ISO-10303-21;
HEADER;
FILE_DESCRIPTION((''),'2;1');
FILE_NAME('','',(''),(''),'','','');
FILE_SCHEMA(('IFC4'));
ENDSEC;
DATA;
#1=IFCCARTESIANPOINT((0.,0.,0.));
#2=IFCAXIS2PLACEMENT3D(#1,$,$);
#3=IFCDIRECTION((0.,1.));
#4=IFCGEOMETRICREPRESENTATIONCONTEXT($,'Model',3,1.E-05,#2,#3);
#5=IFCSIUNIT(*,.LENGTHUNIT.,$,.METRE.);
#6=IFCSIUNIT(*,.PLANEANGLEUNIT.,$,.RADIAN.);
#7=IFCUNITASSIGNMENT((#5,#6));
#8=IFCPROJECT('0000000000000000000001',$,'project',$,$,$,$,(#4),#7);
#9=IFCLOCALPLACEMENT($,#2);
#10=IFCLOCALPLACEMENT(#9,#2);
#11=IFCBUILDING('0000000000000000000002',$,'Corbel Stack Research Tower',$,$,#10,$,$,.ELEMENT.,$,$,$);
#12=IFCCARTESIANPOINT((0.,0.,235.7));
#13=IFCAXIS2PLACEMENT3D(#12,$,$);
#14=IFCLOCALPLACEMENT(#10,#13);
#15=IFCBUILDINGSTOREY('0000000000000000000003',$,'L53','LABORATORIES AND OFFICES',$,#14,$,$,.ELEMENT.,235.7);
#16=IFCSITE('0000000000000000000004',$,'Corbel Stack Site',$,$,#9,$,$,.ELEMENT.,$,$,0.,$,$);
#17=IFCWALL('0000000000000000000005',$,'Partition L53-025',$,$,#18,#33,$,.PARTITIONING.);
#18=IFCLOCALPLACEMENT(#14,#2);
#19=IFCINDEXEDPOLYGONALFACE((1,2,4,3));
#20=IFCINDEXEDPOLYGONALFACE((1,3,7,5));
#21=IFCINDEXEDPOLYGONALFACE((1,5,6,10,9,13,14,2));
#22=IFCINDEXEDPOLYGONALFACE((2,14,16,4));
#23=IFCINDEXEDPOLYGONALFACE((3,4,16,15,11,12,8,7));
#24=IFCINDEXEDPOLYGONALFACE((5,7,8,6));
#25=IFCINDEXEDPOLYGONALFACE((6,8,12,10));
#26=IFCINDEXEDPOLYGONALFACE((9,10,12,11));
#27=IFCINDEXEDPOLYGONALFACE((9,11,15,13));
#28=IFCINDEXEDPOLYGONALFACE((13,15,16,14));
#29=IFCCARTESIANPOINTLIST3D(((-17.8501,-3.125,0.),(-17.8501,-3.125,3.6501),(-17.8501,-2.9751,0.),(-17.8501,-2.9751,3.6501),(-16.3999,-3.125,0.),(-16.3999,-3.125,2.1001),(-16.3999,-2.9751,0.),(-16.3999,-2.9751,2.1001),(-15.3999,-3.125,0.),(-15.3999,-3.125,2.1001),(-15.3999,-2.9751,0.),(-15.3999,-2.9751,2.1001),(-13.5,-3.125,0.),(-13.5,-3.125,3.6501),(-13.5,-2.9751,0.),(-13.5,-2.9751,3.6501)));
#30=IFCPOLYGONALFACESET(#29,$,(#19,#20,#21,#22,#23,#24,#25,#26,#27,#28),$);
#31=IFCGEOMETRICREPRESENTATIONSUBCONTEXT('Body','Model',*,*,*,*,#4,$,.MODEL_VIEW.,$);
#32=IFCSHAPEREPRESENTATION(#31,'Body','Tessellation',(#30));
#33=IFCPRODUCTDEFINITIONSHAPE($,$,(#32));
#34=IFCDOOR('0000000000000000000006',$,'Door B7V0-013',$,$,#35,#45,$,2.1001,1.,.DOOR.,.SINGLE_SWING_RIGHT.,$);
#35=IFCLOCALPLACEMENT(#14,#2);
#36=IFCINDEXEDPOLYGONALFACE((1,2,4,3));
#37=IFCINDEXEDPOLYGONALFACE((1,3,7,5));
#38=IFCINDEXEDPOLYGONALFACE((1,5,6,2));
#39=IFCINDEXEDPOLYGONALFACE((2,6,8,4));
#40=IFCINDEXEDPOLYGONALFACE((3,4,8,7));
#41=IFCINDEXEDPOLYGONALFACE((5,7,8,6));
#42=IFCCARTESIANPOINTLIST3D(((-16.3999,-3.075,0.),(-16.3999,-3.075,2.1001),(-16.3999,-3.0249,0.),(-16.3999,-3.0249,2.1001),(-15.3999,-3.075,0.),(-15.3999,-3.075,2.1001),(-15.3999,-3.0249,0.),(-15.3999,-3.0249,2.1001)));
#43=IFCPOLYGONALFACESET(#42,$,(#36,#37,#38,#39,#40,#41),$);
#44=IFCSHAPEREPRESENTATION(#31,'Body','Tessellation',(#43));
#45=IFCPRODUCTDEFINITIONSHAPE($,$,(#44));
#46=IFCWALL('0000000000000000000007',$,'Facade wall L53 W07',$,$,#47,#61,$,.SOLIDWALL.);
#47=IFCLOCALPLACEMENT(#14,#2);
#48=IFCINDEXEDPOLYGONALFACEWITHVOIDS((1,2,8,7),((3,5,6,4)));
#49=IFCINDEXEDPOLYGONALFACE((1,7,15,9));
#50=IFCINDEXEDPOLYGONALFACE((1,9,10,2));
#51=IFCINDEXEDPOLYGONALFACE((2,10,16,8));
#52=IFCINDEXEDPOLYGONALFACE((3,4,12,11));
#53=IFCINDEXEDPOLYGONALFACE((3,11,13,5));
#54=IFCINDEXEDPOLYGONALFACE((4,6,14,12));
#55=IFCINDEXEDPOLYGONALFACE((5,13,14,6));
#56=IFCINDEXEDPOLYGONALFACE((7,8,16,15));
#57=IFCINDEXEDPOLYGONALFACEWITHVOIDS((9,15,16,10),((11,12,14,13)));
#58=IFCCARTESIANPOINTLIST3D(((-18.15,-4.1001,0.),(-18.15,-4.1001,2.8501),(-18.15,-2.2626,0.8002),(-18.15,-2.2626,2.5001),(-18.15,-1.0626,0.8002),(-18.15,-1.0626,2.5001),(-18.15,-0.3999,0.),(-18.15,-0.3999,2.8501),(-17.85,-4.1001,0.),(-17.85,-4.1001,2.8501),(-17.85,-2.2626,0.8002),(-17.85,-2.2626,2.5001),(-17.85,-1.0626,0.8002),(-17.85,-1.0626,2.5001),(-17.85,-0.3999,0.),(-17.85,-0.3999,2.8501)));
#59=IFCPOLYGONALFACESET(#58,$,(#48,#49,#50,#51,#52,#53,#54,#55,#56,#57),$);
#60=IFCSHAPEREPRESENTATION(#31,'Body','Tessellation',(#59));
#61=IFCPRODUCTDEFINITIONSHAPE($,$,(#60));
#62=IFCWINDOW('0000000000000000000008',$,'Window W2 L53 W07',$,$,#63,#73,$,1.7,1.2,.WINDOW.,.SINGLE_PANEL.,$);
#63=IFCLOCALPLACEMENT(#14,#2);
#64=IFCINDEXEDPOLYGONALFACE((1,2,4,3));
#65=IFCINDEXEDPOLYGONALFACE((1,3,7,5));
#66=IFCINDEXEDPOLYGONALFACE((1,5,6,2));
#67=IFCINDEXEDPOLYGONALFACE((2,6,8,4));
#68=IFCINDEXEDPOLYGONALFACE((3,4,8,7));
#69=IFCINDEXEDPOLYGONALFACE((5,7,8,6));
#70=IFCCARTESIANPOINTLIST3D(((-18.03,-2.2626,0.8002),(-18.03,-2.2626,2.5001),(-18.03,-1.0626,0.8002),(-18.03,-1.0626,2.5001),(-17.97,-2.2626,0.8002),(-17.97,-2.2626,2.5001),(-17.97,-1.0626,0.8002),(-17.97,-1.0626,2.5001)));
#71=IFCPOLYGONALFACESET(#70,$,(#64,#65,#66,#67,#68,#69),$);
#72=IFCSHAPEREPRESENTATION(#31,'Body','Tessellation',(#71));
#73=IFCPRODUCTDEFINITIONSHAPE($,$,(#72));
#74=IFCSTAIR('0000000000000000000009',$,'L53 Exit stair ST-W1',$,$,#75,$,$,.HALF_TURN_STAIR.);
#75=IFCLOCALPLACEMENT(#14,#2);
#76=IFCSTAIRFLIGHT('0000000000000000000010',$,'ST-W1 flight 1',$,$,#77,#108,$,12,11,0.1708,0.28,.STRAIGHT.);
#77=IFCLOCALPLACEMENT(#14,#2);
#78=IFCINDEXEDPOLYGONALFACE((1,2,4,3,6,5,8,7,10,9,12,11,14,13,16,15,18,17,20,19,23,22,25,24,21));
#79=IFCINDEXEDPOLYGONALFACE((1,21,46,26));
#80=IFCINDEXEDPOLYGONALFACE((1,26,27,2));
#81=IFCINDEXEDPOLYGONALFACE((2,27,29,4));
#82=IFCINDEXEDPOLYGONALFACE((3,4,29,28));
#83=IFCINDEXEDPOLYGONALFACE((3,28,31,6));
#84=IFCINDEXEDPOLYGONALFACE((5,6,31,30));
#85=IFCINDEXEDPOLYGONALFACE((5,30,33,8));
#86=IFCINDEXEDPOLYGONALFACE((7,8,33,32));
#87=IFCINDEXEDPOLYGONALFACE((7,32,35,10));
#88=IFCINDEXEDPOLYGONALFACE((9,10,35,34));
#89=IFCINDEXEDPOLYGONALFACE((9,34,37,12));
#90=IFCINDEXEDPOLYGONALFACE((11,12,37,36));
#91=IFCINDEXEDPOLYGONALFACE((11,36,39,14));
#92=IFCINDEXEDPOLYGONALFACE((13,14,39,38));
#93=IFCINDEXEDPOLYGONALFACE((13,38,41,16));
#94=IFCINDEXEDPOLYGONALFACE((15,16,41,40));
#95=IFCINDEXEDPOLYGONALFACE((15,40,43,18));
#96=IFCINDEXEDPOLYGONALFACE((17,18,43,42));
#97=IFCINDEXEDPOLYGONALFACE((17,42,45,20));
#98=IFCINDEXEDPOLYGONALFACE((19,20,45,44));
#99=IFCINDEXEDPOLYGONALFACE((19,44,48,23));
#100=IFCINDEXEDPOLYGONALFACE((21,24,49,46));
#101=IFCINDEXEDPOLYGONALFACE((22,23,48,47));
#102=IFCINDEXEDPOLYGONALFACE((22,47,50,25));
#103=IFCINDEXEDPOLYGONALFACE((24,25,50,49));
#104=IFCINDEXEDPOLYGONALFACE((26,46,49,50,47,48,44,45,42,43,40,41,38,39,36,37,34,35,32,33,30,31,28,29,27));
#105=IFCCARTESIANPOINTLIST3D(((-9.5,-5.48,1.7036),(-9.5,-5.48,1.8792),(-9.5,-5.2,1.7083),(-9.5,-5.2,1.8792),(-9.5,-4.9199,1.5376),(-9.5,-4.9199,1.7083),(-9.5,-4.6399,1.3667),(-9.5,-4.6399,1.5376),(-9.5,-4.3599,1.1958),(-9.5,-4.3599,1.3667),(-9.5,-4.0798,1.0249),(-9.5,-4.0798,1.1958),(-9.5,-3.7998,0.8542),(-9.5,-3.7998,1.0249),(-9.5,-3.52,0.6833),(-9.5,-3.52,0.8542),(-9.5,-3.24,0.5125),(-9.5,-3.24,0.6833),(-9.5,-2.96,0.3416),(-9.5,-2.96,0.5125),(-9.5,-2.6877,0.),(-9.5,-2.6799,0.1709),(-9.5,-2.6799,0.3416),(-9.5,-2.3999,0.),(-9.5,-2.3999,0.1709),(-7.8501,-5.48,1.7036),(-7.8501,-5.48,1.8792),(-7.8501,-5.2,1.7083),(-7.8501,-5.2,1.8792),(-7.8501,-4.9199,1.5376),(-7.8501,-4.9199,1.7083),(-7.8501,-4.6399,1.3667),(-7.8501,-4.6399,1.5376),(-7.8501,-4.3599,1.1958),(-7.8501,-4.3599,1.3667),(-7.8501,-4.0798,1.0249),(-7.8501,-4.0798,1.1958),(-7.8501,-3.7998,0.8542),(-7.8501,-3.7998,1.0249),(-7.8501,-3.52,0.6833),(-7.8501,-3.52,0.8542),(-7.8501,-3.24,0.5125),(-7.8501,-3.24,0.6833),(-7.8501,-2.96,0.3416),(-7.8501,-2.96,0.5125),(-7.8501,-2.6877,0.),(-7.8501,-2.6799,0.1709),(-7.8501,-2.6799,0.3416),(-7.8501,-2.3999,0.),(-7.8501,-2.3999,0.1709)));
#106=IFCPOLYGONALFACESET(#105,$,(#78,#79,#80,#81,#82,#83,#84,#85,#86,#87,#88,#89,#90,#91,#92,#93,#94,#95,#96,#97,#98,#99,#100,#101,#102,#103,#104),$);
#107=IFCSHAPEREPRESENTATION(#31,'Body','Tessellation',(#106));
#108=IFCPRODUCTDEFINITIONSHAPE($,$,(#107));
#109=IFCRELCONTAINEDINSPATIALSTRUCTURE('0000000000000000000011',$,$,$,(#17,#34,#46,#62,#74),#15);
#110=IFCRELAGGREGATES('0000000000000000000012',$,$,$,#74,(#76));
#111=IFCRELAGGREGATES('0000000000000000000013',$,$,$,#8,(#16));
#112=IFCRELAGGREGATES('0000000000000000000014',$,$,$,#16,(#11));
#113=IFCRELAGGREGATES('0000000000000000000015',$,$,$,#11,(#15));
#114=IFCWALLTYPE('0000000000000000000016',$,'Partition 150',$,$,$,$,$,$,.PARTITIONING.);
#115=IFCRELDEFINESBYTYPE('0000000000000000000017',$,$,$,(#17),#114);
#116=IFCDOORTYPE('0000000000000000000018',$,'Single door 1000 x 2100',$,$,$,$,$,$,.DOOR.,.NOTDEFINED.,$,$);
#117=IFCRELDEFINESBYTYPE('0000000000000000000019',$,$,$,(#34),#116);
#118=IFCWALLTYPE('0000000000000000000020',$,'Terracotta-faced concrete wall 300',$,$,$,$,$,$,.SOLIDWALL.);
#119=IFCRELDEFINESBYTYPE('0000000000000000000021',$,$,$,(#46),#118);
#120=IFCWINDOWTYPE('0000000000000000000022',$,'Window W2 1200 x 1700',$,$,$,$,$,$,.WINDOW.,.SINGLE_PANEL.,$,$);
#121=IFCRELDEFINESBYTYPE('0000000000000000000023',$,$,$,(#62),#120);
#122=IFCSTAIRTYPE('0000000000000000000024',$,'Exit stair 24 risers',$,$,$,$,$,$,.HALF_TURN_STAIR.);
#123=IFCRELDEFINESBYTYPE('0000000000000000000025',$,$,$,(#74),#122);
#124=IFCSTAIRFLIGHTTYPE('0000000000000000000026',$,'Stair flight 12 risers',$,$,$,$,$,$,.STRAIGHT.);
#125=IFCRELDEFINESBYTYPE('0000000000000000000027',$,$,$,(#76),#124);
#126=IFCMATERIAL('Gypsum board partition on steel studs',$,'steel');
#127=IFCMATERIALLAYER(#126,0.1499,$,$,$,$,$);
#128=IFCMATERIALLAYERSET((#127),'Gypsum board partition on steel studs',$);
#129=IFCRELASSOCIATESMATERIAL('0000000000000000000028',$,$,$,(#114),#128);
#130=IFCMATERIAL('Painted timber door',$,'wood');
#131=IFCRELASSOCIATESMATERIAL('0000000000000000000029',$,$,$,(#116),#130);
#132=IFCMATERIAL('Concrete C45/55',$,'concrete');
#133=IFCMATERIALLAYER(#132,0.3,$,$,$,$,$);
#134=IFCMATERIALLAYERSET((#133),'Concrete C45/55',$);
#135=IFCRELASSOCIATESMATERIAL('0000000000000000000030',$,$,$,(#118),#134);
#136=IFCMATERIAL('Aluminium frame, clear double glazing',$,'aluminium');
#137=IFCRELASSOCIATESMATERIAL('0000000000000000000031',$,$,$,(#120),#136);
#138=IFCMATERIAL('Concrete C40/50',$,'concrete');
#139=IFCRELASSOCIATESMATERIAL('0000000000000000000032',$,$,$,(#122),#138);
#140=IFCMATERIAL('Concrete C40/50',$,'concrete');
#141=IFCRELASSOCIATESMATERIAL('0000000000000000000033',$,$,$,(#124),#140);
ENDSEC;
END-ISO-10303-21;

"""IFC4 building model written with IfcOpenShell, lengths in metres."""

from ifc_helpers import new_model, si_unit, direction, frame, frame_2d, origin, place, context, subcontext, project, spatial, polyline, rectangle, outline, extrude, material, layer, layer_set, type_object, element, fill, aggregate, save


model = new_model("IFC4")

# Units and contexts
model_context = context("Model", 3, precision=1e-05, world=origin(), true_north=direction((0.0, 1.0)))
body_context = subcontext(model_context, "Body", "Model", "MODEL_VIEW")
ifc_project = project(units=[si_unit("LENGTHUNIT", "METRE"), si_unit("PLANEANGLEUNIT", "RADIAN")], contexts=[model_context])

# Site, building, storey
site_placement = place(None, origin())
site = spatial("IfcSite", under=ifc_project, at=site_placement, Name="Corbel Stack Site", CompositionType="ELEMENT", RefElevation=0.0)
building_placement = place(site_placement, origin())
building = spatial("IfcBuilding", under=site, at=building_placement, Name="Corbel Stack Research Tower", CompositionType="ELEMENT")
storey_placement = place(building_placement, frame((0.0, 0.0, 235.7)))
storey = spatial("IfcBuildingStorey", under=building, at=storey_placement, Name="L53", Description="LABORATORIES AND OFFICES", CompositionType="ELEMENT", Elevation=235.7)

# Wall, opening, door
ifc_material_1 = material(Name="Gypsum board partition on steel studs", Category="steel")
ifc_layer_1 = layer(ifc_material_1, 0.1499)
ifc_layer_set_1 = layer_set([ifc_layer_1], Name="Gypsum board partition on steel studs")
wall_type_1 = type_object("IfcWallType", Name="Partition 150", PredefinedType="PARTITIONING", material=ifc_layer_set_1)
wall_1_placement = place(storey_placement, frame((-13.5, -3.05, 0.0), z_axis=(0.0, 0.0, 1.0), x_axis=(-1.0, 0.0, 0.0)))
wall_1 = element("IfcWall", 1, at=wall_1_placement, inside=storey, type_object=wall_type_1, Name="Partition L53-025", PredefinedType="PARTITIONING", context=body_context, shape_type="SweptSolid", body=[
    extrude(rectangle(XDim=4.3501, YDim=0.1499, at=frame_2d((2.175, 0.0))), origin(), (0.0, 0.0, 1.0), 3.6501),
])
opening_1_placement = place(wall_1_placement, frame((1.8999, 0.0, 0.0)))
opening_1 = element("IfcOpeningElement", 2, at=opening_1_placement, cuts=wall_1, PredefinedType="OPENING", context=body_context, shape_type="SweptSolid", body=[
    extrude(rectangle(XDim=1.0, YDim=2.1001, at=frame_2d((0.5, 1.05))), frame((0.0, 0.085, 0.0), z_axis=(0.0, -1.0, 0.0), x_axis=(1.0, 0.0, 0.0)), (0.0, 0.0, 1.0), 0.1699),
])
ifc_material_2 = material(Name="Painted timber door", Category="wood")
door_type_1 = type_object("IfcDoorType", Name="Single door 1000 x 2100", OperationType="NOTDEFINED", PredefinedType="DOOR", material=ifc_material_2)
door_1_placement = place(opening_1_placement, origin())
door_1 = element("IfcDoor", 3, at=door_1_placement, inside=storey, type_object=door_type_1, Name="Door B7V0-013", OperationType="SINGLE_SWING_RIGHT", OverallHeight=2.1001, OverallWidth=1.0, PredefinedType="DOOR", context=body_context, shape_type="SweptSolid", body=[
    extrude(rectangle(XDim=1.0, YDim=2.1001, at=frame_2d((0.5, 1.05))), frame((0.0, 0.0249, 0.0), z_axis=(0.0, -1.0, 0.0), x_axis=(1.0, 0.0, 0.0)), (0.0, 0.0, 1.0), 0.05),
])
fill(opening_1, door_1)

# Wall, opening, window
ifc_material_3 = material(Name="Concrete C45/55", Category="concrete")
ifc_layer_2 = layer(ifc_material_3, 0.3)
ifc_layer_set_2 = layer_set([ifc_layer_2], Name="Concrete C45/55")
wall_type_2 = type_object("IfcWallType", Name="Terracotta-faced concrete wall 300", PredefinedType="SOLIDWALL", material=ifc_layer_set_2)
wall_2_placement = place(storey_placement, frame((-18.0, -4.1001, 0.0), z_axis=(0.0, 0.0, 1.0), x_axis=(0.0, 1.0, 0.0)))
wall_2 = element("IfcWall", 4, at=wall_2_placement, inside=storey, type_object=wall_type_2, Name="Facade wall L53 W07", PredefinedType="SOLIDWALL", context=body_context, shape_type="SweptSolid", body=[
    extrude(rectangle(XDim=3.7002, YDim=0.3, at=frame_2d((1.8501, 0.0))), origin(), (0.0, 0.0, 1.0), 2.8501),
])
opening_2_placement = place(wall_2_placement, frame((1.8374, 0.0, 0.8)))
opening_2 = element("IfcOpeningElement", 5, at=opening_2_placement, cuts=wall_2, PredefinedType="OPENING", context=body_context, shape_type="SweptSolid", body=[
    extrude(rectangle(XDim=1.2, YDim=1.7, at=frame_2d((0.6001, 0.8501))), frame((0.0, 0.1599, 0.0), z_axis=(0.0, -1.0, 0.0), x_axis=(1.0, 0.0, 0.0)), (0.0, 0.0, 1.0), 0.3201),
])
ifc_material_4 = material(Name="Aluminium frame, clear double glazing", Category="aluminium")
window_type = type_object("IfcWindowType", Name="Window W2 1200 x 1700", PartitioningType="SINGLE_PANEL", PredefinedType="WINDOW", material=ifc_material_4)
window_placement = place(opening_2_placement, origin())
window = element("IfcWindow", 6, at=window_placement, inside=storey, type_object=window_type, Name="Window W2 L53 W07", OverallHeight=1.7, OverallWidth=1.2, PartitioningType="SINGLE_PANEL", PredefinedType="WINDOW", context=body_context, shape_type="SweptSolid", body=[
    extrude(rectangle(XDim=1.2, YDim=1.7, at=frame_2d((0.6001, 0.8501))), frame((0.0, 0.03, 0.0), z_axis=(0.0, -1.0, 0.0), x_axis=(1.0, 0.0, 0.0)), (0.0, 0.0, 1.0), 0.0601),
])
fill(opening_2, window)

# Stair, stair flight
ifc_material_5 = material(Name="Concrete C40/50", Category="concrete")
stair_type = type_object("IfcStairType", Name="Exit stair 24 risers", PredefinedType="HALF_TURN_STAIR", material=ifc_material_5)
stair_placement = place(storey_placement, origin())
stair = element("IfcStair", 7, at=stair_placement, inside=storey, type_object=stair_type, Name="L53 Exit stair ST-W1", PredefinedType="HALF_TURN_STAIR")
ifc_material_6 = material(Name="Concrete C40/50", Category="concrete")
stair_flight_type = type_object("IfcStairFlightType", Name="Stair flight 12 risers", PredefinedType="STRAIGHT", material=ifc_material_6)
stair_flight_placement = place(storey_placement, frame((-8.675, -2.3999, 0.0), z_axis=(0.0, 0.0, 1.0), x_axis=(0.0, -1.0, 0.0)))
stair_flight = element("IfcStairFlight", 8, at=stair_flight_placement, type_object=stair_flight_type, Name="ST-W1 flight 1", NumberOfRisers=12, NumberOfTreads=11, PredefinedType="STRAIGHT", RiserHeight=0.1708, TreadLength=0.28, context=body_context, shape_type="SweptSolid", body=[
    extrude(outline(polyline([(0.0, 0.0), (0.0, 0.1709), (0.28, 0.1709), (0.28, 0.3416), (0.5601, 0.3416), (0.5601, 0.5125), (0.8401, 0.5125), (0.8401, 0.6833), (1.1201, 0.6833), (1.1201, 0.8542), (1.3999, 0.8542), (1.3999, 1.0249), (1.6799, 1.0249), (1.6799, 1.1958), (1.96, 1.1958), (1.96, 1.3667), (2.24, 1.3667), (2.24, 1.5376), (2.52, 1.5376), (2.52, 1.7083), (2.8, 1.7083), (2.8, 1.8792), (3.0801, 1.8792), (3.0801, 2.05), (3.0801, 1.7036), (0.2878, 0.0), (0.0, 0.0)])), frame((0.0, 0.825, 0.0), z_axis=(0.0, -1.0, 0.0), x_axis=(1.0, 0.0, 0.0)), (0.0, 0.0, 1.0), 1.6499),
])
aggregate(stair, [stair_flight])

save(model, "model.ifc")
